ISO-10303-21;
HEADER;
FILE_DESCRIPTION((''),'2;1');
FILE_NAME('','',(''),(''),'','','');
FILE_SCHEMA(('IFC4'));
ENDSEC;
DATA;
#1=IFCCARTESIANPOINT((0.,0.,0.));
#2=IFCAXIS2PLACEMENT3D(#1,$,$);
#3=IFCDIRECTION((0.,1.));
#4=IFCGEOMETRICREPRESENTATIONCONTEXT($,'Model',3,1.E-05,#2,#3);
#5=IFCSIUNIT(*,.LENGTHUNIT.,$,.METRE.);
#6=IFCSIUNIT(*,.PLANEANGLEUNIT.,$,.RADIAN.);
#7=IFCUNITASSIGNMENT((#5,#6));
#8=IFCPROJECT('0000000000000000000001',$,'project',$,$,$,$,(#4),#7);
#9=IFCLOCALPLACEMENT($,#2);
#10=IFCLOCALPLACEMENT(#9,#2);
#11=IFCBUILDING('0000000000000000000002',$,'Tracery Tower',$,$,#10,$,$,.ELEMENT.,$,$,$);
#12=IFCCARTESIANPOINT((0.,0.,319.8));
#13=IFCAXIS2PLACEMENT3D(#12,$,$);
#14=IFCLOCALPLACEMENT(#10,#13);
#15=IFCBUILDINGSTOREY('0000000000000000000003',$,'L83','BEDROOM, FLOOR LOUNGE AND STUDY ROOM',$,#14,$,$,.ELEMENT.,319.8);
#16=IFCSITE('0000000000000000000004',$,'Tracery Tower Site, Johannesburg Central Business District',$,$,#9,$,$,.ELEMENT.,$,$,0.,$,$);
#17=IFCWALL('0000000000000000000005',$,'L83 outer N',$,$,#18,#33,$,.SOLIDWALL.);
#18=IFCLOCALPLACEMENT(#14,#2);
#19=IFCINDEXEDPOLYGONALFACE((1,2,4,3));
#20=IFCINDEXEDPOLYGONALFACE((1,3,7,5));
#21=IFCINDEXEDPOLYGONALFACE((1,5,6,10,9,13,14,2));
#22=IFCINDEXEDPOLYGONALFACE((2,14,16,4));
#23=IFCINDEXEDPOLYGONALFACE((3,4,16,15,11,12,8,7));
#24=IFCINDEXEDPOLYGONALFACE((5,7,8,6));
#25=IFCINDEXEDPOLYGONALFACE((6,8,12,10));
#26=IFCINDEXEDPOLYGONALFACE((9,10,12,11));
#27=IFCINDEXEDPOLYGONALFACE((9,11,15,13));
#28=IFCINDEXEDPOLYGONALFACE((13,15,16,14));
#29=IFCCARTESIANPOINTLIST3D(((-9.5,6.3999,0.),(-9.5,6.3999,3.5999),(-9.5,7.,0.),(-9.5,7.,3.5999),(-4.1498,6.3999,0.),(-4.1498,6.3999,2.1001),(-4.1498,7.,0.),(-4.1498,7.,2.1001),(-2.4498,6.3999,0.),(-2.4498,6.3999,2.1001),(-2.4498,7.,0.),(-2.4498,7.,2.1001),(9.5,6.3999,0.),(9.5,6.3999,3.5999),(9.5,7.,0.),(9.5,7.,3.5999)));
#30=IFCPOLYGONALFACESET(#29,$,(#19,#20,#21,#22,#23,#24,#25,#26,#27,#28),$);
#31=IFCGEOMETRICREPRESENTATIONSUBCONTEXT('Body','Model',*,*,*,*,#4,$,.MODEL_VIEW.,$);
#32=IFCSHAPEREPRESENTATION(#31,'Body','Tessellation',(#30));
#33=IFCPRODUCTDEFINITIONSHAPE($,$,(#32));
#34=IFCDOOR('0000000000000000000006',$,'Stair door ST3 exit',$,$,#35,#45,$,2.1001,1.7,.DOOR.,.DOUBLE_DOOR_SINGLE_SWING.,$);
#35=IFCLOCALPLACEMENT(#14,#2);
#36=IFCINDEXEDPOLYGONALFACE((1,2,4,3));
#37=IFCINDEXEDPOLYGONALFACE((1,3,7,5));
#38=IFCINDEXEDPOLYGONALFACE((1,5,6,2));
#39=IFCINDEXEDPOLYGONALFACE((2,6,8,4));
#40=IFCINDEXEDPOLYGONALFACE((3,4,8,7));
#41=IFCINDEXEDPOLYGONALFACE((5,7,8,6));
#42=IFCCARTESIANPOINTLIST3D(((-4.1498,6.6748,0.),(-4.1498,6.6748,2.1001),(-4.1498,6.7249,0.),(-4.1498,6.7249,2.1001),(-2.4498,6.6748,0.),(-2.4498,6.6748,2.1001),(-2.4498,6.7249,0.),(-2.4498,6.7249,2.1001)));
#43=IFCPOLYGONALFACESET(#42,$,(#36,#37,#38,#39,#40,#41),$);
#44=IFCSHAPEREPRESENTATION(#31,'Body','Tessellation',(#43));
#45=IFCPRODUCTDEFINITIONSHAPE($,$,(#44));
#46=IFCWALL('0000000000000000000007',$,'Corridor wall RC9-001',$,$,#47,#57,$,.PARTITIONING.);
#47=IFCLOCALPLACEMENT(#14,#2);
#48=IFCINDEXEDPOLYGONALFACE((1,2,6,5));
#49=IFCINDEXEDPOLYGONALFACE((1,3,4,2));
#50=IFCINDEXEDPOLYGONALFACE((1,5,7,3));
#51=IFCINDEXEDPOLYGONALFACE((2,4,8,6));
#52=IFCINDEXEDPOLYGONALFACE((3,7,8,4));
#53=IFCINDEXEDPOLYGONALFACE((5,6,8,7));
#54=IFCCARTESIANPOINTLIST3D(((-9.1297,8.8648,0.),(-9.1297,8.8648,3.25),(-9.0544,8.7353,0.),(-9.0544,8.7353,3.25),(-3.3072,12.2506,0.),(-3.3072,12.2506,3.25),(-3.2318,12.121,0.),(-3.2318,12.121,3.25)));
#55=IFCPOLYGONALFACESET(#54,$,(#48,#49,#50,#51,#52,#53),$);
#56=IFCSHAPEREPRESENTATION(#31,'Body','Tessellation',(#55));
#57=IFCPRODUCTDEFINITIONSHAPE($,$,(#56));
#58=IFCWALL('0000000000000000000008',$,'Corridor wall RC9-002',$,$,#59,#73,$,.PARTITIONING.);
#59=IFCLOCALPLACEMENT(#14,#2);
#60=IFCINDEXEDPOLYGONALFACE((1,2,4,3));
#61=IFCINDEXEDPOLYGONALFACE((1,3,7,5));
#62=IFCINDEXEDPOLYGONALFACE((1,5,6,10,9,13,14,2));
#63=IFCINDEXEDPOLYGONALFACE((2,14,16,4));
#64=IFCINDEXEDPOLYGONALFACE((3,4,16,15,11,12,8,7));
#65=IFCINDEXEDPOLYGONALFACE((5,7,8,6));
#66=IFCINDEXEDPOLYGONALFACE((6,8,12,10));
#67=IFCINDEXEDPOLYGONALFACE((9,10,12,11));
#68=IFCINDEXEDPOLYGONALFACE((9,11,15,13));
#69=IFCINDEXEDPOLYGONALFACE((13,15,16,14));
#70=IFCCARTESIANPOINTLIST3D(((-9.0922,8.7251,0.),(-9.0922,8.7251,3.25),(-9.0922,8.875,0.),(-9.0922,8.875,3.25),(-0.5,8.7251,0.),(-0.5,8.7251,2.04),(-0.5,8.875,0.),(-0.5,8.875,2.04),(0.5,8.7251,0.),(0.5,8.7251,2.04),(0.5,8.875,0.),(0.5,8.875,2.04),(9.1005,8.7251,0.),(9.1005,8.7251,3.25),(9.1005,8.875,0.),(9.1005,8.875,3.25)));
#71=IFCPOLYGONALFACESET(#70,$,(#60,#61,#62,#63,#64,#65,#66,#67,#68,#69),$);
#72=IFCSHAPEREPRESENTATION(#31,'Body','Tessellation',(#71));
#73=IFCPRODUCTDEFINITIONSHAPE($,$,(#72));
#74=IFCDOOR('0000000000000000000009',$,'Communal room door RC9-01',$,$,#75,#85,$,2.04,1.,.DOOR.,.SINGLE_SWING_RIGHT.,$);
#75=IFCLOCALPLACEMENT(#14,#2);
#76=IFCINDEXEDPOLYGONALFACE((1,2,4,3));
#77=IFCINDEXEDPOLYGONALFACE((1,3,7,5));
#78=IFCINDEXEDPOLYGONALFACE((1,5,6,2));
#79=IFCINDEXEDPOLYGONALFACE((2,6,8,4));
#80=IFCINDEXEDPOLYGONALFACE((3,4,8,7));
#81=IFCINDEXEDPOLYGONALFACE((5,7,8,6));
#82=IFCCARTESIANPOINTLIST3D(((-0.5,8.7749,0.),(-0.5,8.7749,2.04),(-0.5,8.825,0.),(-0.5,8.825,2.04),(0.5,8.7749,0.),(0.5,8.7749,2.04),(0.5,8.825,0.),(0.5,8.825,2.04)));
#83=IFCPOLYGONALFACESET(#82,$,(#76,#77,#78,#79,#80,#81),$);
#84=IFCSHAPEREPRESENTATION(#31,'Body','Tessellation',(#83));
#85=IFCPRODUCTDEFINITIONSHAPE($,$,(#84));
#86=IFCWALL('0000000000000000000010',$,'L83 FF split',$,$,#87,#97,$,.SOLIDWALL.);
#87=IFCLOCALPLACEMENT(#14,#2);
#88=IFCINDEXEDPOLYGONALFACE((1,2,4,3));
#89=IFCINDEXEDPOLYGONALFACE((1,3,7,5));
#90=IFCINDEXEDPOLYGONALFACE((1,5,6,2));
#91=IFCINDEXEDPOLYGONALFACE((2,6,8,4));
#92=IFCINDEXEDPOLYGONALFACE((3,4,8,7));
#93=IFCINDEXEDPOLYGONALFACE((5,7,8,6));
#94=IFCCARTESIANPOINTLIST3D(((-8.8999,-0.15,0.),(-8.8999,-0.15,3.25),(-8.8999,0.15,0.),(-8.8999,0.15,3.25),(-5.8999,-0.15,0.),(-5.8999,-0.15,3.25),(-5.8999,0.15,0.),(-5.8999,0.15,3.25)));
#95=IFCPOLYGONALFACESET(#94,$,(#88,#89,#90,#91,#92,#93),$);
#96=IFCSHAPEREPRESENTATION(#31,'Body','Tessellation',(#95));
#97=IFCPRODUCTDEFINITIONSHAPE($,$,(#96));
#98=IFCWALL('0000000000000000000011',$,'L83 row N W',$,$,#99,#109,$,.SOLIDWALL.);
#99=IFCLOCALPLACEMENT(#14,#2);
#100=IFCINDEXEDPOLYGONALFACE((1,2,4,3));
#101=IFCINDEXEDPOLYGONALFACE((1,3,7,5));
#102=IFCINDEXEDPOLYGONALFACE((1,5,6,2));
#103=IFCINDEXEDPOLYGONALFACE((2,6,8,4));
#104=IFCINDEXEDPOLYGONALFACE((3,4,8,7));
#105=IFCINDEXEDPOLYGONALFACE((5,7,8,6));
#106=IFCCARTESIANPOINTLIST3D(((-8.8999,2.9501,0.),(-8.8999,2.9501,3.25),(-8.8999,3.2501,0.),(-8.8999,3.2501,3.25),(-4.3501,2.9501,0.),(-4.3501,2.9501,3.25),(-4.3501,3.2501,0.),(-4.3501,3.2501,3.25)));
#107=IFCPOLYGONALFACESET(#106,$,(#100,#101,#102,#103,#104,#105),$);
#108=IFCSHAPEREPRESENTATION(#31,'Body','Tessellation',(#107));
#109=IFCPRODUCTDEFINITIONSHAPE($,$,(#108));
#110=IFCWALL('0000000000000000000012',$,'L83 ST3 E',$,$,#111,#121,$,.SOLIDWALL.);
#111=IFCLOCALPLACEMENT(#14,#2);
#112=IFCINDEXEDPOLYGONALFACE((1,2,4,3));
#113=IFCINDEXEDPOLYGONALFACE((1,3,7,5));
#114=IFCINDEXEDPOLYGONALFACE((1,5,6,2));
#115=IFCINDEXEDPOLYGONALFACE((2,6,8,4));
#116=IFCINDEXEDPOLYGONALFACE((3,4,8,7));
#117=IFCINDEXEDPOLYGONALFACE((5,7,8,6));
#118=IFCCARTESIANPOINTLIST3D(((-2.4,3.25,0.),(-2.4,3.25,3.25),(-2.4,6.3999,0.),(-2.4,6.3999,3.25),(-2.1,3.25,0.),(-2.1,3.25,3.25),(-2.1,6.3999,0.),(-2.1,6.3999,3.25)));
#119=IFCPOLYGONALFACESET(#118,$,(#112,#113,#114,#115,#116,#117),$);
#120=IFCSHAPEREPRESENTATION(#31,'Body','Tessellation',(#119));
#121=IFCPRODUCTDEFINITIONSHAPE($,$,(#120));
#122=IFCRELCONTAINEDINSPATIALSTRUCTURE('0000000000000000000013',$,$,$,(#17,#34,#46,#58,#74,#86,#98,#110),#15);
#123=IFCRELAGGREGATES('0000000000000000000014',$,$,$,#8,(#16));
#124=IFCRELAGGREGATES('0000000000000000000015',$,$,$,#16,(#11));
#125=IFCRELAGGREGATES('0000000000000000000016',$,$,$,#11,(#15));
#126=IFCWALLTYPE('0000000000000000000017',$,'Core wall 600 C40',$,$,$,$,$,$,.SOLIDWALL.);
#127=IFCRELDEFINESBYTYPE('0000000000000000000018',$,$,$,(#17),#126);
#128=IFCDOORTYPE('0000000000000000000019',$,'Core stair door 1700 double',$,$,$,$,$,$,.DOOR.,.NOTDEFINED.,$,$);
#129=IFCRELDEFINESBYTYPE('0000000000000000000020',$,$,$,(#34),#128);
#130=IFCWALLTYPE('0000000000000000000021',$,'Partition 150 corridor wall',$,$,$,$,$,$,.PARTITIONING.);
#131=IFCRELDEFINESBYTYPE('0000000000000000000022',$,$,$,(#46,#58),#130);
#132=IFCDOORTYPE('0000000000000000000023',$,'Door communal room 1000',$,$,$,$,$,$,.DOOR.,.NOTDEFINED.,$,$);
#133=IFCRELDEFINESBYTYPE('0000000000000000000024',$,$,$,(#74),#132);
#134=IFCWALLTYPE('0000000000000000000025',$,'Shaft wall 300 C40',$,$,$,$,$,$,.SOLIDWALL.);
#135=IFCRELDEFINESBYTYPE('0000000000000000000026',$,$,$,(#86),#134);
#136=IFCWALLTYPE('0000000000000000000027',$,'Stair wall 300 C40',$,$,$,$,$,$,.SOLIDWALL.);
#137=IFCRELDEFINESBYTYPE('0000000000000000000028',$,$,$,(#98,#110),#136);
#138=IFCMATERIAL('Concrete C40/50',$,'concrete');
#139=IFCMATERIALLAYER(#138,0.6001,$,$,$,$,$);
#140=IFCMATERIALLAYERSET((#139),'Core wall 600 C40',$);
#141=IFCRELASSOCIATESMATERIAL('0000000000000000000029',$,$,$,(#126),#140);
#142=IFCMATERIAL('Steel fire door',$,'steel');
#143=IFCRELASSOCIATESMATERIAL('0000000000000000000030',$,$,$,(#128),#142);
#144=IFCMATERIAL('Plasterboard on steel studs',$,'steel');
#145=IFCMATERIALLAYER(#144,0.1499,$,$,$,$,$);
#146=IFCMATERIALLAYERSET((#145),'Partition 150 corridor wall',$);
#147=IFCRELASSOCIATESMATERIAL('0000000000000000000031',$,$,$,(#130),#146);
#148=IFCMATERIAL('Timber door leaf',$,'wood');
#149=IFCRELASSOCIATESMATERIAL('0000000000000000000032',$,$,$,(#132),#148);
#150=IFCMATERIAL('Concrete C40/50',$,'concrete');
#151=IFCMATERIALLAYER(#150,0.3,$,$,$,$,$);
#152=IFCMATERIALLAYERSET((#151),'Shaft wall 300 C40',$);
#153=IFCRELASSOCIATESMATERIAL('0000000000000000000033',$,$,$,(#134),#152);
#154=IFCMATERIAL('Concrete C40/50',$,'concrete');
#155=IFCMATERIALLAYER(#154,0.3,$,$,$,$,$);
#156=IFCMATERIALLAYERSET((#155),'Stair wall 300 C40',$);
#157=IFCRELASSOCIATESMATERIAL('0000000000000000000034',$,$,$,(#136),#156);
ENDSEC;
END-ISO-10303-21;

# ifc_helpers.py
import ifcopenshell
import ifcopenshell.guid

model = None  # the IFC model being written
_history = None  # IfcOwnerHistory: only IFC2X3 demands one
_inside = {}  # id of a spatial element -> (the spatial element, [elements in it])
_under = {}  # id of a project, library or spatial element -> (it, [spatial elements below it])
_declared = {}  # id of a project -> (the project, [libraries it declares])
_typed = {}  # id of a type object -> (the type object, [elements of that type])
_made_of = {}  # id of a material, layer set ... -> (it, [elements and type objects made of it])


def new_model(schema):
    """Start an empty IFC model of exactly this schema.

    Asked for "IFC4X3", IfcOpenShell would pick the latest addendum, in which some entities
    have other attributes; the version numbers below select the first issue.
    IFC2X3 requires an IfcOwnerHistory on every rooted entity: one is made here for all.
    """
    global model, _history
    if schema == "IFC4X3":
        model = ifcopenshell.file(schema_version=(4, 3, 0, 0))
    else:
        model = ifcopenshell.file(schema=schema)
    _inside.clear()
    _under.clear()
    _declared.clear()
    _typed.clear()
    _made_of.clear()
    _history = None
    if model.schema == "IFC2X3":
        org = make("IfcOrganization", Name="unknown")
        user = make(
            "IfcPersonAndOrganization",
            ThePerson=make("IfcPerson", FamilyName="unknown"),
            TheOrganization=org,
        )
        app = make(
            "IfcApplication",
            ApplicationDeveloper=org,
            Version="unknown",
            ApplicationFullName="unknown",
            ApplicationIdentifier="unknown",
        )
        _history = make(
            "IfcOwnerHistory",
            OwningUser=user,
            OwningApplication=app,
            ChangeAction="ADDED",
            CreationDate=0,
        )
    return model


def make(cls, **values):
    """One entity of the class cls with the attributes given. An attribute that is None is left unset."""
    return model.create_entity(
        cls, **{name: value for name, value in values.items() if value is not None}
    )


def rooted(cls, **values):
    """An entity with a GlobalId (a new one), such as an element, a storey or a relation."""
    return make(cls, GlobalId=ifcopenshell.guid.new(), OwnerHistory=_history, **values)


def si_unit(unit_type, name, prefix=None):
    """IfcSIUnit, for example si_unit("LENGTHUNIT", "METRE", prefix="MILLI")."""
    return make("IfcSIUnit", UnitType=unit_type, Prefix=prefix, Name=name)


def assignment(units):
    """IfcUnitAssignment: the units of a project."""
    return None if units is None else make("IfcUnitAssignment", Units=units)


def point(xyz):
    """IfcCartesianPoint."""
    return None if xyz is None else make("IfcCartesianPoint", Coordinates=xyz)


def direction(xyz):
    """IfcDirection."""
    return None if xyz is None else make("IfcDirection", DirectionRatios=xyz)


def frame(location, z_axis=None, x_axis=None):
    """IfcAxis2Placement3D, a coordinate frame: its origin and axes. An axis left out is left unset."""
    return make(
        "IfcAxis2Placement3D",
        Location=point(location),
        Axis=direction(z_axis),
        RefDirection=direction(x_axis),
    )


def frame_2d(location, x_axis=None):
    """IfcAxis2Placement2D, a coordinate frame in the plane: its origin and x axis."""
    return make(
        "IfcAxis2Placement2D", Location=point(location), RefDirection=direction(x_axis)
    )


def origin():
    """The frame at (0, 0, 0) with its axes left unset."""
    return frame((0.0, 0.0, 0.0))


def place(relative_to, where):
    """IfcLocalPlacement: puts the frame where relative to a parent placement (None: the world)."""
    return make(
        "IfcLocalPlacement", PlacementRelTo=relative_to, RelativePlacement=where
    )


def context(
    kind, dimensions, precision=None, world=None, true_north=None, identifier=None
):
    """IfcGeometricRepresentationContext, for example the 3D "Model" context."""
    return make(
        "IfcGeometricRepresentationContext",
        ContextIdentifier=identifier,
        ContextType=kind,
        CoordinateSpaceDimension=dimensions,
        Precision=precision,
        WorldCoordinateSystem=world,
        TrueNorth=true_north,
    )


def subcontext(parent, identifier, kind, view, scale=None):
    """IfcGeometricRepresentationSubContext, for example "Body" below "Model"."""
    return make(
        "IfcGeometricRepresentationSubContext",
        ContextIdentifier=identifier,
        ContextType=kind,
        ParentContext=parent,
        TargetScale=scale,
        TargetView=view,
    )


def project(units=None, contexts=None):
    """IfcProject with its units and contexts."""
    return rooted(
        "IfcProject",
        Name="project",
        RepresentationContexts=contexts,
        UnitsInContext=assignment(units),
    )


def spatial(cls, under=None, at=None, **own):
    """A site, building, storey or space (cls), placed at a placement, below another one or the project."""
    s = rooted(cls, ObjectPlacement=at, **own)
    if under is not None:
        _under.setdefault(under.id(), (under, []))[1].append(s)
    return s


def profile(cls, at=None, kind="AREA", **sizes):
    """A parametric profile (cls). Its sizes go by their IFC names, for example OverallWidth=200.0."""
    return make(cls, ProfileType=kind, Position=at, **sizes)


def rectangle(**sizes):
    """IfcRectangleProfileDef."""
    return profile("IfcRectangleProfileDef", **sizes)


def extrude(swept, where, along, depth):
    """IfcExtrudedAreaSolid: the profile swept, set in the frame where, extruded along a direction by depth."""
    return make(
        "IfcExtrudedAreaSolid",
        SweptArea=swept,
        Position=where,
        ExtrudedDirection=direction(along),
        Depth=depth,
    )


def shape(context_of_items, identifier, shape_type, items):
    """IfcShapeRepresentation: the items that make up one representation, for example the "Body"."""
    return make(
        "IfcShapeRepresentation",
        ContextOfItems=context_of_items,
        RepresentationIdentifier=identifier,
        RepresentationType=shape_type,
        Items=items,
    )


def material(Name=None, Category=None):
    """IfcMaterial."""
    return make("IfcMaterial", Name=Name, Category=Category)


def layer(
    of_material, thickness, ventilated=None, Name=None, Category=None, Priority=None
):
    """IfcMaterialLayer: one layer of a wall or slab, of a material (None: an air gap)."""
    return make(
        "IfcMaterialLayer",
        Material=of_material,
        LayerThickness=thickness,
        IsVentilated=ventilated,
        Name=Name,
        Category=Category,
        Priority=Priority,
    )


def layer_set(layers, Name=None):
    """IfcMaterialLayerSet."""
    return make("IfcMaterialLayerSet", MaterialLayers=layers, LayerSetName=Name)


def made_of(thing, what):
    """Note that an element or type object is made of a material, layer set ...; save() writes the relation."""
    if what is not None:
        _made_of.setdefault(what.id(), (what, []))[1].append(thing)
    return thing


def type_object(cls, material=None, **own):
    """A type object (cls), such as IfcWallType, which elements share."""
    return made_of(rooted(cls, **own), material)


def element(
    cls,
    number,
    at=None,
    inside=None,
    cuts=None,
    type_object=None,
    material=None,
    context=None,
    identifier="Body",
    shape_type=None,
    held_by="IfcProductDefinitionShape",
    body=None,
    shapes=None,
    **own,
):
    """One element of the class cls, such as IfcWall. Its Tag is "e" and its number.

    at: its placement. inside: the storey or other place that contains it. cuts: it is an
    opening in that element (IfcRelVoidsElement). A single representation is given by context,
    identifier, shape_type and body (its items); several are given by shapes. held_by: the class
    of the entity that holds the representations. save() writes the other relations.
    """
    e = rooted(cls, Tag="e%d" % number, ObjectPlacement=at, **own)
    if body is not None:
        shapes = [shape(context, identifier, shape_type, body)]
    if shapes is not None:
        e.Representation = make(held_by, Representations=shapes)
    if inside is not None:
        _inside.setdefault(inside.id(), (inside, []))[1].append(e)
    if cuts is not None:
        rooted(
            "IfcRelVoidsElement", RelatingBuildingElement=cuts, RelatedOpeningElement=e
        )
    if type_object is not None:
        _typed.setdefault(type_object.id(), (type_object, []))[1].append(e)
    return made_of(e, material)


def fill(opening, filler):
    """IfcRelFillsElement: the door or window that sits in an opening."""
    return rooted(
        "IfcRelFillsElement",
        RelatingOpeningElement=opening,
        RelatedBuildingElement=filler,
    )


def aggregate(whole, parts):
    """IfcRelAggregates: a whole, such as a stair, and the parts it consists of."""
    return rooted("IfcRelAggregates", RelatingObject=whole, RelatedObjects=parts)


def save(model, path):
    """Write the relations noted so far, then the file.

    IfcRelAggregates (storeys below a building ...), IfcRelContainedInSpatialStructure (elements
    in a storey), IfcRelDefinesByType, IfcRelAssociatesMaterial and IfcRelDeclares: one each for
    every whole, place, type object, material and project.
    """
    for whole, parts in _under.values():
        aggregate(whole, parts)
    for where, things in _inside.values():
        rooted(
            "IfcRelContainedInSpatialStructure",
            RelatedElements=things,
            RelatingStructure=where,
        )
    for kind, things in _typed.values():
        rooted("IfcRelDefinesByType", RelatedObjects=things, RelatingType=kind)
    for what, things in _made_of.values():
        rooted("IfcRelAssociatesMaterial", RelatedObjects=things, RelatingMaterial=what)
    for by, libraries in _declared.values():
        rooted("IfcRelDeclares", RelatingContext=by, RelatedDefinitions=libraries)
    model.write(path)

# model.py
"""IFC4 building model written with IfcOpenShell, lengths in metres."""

from ifc_helpers import new_model, si_unit, direction, frame, frame_2d, origin, place, context, subcontext, project, spatial, rectangle, extrude, material, layer, layer_set, type_object, element, fill, save


model = new_model("IFC4")

# Units and contexts
model_context = context("Model", 3, precision=1e-05, world=origin(), true_north=direction((0.0, 1.0)))
body_context = subcontext(model_context, "Body", "Model", "MODEL_VIEW")
ifc_project = project(units=[si_unit("LENGTHUNIT", "METRE"), si_unit("PLANEANGLEUNIT", "RADIAN")], contexts=[model_context])

# Site, building, storey
site_placement = place(None, origin())
site = spatial("IfcSite", under=ifc_project, at=site_placement, Name="Tracery Tower Site, Johannesburg Central Business District", CompositionType="ELEMENT", RefElevation=0.0)
building_placement = place(site_placement, origin())
building = spatial("IfcBuilding", under=site, at=building_placement, Name="Tracery Tower", CompositionType="ELEMENT")
storey_placement = place(building_placement, frame((0.0, 0.0, 319.8)))
storey = spatial("IfcBuildingStorey", under=building, at=storey_placement, Name="L83", Description="BEDROOM, FLOOR LOUNGE AND STUDY ROOM", CompositionType="ELEMENT", Elevation=319.8)

# Wall, opening, door
ifc_material_1 = material(Name="Concrete C40/50", Category="concrete")
ifc_layer_1 = layer(ifc_material_1, 0.6001)
ifc_layer_set_1 = layer_set([ifc_layer_1], Name="Core wall 600 C40")
wall_type_1 = type_object("IfcWallType", Name="Core wall 600 C40", PredefinedType="SOLIDWALL", material=ifc_layer_set_1)
wall_1_placement = place(storey_placement, frame((-9.5, 6.7, 0.0), z_axis=(0.0, 0.0, 1.0), x_axis=(1.0, 0.0, 0.0)))
wall_1 = element("IfcWall", 1, at=wall_1_placement, inside=storey, type_object=wall_type_1, Name="L83 outer N", PredefinedType="SOLIDWALL", context=body_context, shape_type="SweptSolid", body=[
    extrude(rectangle(XDim=19.0, YDim=0.6001, at=frame_2d((9.5, 0.0))), origin(), (0.0, 0.0, 1.0), 3.5999),
])
opening_1_placement = place(wall_1_placement, frame((5.3501, 0.0, 0.0)))
opening_1 = element("IfcOpeningElement", 2, at=opening_1_placement, cuts=wall_1, PredefinedType="OPENING", context=body_context, shape_type="SweptSolid", body=[
    extrude(rectangle(XDim=1.7, YDim=2.1001, at=frame_2d((0.8501, 1.05))), frame((0.0, 0.3, 0.0), z_axis=(0.0, -1.0, 0.0), x_axis=(1.0, 0.0, 0.0)), (0.0, 0.0, 1.0), 0.6001),
])
ifc_material_2 = material(Name="Steel fire door", Category="steel")
door_type_1 = type_object("IfcDoorType", Name="Core stair door 1700 double", OperationType="NOTDEFINED", PredefinedType="DOOR", material=ifc_material_2)
door_1_placement = place(opening_1_placement, origin())
door_1 = element("IfcDoor", 3, at=door_1_placement, inside=storey, type_object=door_type_1, Name="Stair door ST3 exit", OperationType="DOUBLE_DOOR_SINGLE_SWING", OverallHeight=2.1001, OverallWidth=1.7, PredefinedType="DOOR", context=body_context, shape_type="SweptSolid", body=[
    extrude(rectangle(XDim=1.7, YDim=2.1001, at=frame_2d((0.8501, 1.05))), frame((0.0, 0.0249, 0.0), z_axis=(0.0, -1.0, 0.0), x_axis=(1.0, 0.0, 0.0)), (0.0, 0.0, 1.0), 0.05),
])
fill(opening_1, door_1)

# Wall
ifc_material_3 = material(Name="Plasterboard on steel studs", Category="steel")
ifc_layer_2 = layer(ifc_material_3, 0.1499)
ifc_layer_set_2 = layer_set([ifc_layer_2], Name="Partition 150 corridor wall")
wall_type_2 = type_object("IfcWallType", Name="Partition 150 corridor wall", PredefinedType="PARTITIONING", material=ifc_layer_set_2)
wall_2_placement = place(storey_placement, frame((-9.092, 8.8, 0.0), z_axis=(0.0, 0.0, 1.0), x_axis=(0.864471, 0.502683, 0.0)))
element("IfcWall", 4, at=wall_2_placement, inside=storey, type_object=wall_type_2, Name="Corridor wall RC9-001", PredefinedType="PARTITIONING", context=body_context, shape_type="SweptSolid", body=[
    extrude(rectangle(XDim=6.7354, YDim=0.1499, at=frame_2d((3.3677, 0.0))), origin(), (0.0, 0.0, 1.0), 3.25),
])

# Wall, opening, door
wall_3_placement = place(storey_placement, frame((-9.092, 8.8, 0.0), z_axis=(0.0, 0.0, 1.0), x_axis=(1.0, 0.0, 0.0)))
wall_3 = element("IfcWall", 5, at=wall_3_placement, inside=storey, type_object=wall_type_2, Name="Corridor wall RC9-002", PredefinedType="PARTITIONING", context=body_context, shape_type="SweptSolid", body=[
    extrude(rectangle(XDim=18.1926, YDim=0.1499, at=frame_2d((9.0962, 0.0))), origin(), (0.0, 0.0, 1.0), 3.25),
])
opening_2_placement = place(wall_3_placement, frame((8.592, 0.0, 0.0)))
opening_2 = element("IfcOpeningElement", 6, at=opening_2_placement, cuts=wall_3, PredefinedType="OPENING", context=body_context, shape_type="SweptSolid", body=[
    extrude(rectangle(XDim=1.0, YDim=2.04, at=frame_2d((0.5, 1.02))), frame((0.0, 0.075, 0.0), z_axis=(0.0, -1.0, 0.0), x_axis=(1.0, 0.0, 0.0)), (0.0, 0.0, 1.0), 0.1499),
])
ifc_material_4 = material(Name="Timber door leaf", Category="wood")
door_type_2 = type_object("IfcDoorType", Name="Door communal room 1000", OperationType="NOTDEFINED", PredefinedType="DOOR", material=ifc_material_4)
door_2_placement = place(opening_2_placement, origin())
door_2 = element("IfcDoor", 7, at=door_2_placement, inside=storey, type_object=door_type_2, Name="Communal room door RC9-01", OperationType="SINGLE_SWING_RIGHT", OverallHeight=2.04, OverallWidth=1.0, PredefinedType="DOOR", context=body_context, shape_type="SweptSolid", body=[
    extrude(rectangle(XDim=1.0, YDim=2.04, at=frame_2d((0.5, 1.02))), frame((0.0, 0.0249, 0.0), z_axis=(0.0, -1.0, 0.0), x_axis=(1.0, 0.0, 0.0)), (0.0, 0.0, 1.0), 0.05),
])
fill(opening_2, door_2)

# Walls
ifc_material_5 = material(Name="Concrete C40/50", Category="concrete")
ifc_layer_3 = layer(ifc_material_5, 0.3)
ifc_layer_set_3 = layer_set([ifc_layer_3], Name="Shaft wall 300 C40")
wall_type_3 = type_object("IfcWallType", Name="Shaft wall 300 C40", PredefinedType="SOLIDWALL", material=ifc_layer_set_3)
wall_4_placement = place(storey_placement, frame((-8.8999, 0.0, 0.0), z_axis=(0.0, 0.0, 1.0), x_axis=(1.0, 0.0, 0.0)))
element("IfcWall", 8, at=wall_4_placement, inside=storey, type_object=wall_type_3, Name="L83 FF split", PredefinedType="SOLIDWALL", context=body_context, shape_type="SweptSolid", body=[
    extrude(rectangle(XDim=3.0, YDim=0.3, at=frame_2d((1.5, 0.0))), origin(), (0.0, 0.0, 1.0), 3.25),
])
ifc_material_6 = material(Name="Concrete C40/50", Category="concrete")
ifc_layer_4 = layer(ifc_material_6, 0.3)
ifc_layer_set_4 = layer_set([ifc_layer_4], Name="Stair wall 300 C40")
wall_type_4 = type_object("IfcWallType", Name="Stair wall 300 C40", PredefinedType="SOLIDWALL", material=ifc_layer_set_4)
wall_5_placement = place(storey_placement, frame((-8.8999, 3.1001, 0.0), z_axis=(0.0, 0.0, 1.0), x_axis=(1.0, 0.0, 0.0)))
element("IfcWall", 9, at=wall_5_placement, inside=storey, type_object=wall_type_4, Name="L83 row N W", PredefinedType="SOLIDWALL", context=body_context, shape_type="SweptSolid", body=[
    extrude(rectangle(XDim=4.5498, YDim=0.3, at=frame_2d((2.2749, 0.0))), origin(), (0.0, 0.0, 1.0), 3.25),
])

# Wall
wall_6_placement = place(storey_placement, frame((-2.25, 3.25, 0.0), z_axis=(0.0, 0.0, 1.0), x_axis=(0.0, 1.0, 0.0)))
element("IfcWall", 10, at=wall_6_placement, inside=storey, type_object=wall_type_4, Name="L83 ST3 E", PredefinedType="SOLIDWALL", context=body_context, shape_type="SweptSolid", body=[
    extrude(rectangle(XDim=3.1499, YDim=0.3, at=frame_2d((1.575, 0.0))), origin(), (0.0, 0.0, 1.0), 3.25),
])

save(model, "model.ifc")
